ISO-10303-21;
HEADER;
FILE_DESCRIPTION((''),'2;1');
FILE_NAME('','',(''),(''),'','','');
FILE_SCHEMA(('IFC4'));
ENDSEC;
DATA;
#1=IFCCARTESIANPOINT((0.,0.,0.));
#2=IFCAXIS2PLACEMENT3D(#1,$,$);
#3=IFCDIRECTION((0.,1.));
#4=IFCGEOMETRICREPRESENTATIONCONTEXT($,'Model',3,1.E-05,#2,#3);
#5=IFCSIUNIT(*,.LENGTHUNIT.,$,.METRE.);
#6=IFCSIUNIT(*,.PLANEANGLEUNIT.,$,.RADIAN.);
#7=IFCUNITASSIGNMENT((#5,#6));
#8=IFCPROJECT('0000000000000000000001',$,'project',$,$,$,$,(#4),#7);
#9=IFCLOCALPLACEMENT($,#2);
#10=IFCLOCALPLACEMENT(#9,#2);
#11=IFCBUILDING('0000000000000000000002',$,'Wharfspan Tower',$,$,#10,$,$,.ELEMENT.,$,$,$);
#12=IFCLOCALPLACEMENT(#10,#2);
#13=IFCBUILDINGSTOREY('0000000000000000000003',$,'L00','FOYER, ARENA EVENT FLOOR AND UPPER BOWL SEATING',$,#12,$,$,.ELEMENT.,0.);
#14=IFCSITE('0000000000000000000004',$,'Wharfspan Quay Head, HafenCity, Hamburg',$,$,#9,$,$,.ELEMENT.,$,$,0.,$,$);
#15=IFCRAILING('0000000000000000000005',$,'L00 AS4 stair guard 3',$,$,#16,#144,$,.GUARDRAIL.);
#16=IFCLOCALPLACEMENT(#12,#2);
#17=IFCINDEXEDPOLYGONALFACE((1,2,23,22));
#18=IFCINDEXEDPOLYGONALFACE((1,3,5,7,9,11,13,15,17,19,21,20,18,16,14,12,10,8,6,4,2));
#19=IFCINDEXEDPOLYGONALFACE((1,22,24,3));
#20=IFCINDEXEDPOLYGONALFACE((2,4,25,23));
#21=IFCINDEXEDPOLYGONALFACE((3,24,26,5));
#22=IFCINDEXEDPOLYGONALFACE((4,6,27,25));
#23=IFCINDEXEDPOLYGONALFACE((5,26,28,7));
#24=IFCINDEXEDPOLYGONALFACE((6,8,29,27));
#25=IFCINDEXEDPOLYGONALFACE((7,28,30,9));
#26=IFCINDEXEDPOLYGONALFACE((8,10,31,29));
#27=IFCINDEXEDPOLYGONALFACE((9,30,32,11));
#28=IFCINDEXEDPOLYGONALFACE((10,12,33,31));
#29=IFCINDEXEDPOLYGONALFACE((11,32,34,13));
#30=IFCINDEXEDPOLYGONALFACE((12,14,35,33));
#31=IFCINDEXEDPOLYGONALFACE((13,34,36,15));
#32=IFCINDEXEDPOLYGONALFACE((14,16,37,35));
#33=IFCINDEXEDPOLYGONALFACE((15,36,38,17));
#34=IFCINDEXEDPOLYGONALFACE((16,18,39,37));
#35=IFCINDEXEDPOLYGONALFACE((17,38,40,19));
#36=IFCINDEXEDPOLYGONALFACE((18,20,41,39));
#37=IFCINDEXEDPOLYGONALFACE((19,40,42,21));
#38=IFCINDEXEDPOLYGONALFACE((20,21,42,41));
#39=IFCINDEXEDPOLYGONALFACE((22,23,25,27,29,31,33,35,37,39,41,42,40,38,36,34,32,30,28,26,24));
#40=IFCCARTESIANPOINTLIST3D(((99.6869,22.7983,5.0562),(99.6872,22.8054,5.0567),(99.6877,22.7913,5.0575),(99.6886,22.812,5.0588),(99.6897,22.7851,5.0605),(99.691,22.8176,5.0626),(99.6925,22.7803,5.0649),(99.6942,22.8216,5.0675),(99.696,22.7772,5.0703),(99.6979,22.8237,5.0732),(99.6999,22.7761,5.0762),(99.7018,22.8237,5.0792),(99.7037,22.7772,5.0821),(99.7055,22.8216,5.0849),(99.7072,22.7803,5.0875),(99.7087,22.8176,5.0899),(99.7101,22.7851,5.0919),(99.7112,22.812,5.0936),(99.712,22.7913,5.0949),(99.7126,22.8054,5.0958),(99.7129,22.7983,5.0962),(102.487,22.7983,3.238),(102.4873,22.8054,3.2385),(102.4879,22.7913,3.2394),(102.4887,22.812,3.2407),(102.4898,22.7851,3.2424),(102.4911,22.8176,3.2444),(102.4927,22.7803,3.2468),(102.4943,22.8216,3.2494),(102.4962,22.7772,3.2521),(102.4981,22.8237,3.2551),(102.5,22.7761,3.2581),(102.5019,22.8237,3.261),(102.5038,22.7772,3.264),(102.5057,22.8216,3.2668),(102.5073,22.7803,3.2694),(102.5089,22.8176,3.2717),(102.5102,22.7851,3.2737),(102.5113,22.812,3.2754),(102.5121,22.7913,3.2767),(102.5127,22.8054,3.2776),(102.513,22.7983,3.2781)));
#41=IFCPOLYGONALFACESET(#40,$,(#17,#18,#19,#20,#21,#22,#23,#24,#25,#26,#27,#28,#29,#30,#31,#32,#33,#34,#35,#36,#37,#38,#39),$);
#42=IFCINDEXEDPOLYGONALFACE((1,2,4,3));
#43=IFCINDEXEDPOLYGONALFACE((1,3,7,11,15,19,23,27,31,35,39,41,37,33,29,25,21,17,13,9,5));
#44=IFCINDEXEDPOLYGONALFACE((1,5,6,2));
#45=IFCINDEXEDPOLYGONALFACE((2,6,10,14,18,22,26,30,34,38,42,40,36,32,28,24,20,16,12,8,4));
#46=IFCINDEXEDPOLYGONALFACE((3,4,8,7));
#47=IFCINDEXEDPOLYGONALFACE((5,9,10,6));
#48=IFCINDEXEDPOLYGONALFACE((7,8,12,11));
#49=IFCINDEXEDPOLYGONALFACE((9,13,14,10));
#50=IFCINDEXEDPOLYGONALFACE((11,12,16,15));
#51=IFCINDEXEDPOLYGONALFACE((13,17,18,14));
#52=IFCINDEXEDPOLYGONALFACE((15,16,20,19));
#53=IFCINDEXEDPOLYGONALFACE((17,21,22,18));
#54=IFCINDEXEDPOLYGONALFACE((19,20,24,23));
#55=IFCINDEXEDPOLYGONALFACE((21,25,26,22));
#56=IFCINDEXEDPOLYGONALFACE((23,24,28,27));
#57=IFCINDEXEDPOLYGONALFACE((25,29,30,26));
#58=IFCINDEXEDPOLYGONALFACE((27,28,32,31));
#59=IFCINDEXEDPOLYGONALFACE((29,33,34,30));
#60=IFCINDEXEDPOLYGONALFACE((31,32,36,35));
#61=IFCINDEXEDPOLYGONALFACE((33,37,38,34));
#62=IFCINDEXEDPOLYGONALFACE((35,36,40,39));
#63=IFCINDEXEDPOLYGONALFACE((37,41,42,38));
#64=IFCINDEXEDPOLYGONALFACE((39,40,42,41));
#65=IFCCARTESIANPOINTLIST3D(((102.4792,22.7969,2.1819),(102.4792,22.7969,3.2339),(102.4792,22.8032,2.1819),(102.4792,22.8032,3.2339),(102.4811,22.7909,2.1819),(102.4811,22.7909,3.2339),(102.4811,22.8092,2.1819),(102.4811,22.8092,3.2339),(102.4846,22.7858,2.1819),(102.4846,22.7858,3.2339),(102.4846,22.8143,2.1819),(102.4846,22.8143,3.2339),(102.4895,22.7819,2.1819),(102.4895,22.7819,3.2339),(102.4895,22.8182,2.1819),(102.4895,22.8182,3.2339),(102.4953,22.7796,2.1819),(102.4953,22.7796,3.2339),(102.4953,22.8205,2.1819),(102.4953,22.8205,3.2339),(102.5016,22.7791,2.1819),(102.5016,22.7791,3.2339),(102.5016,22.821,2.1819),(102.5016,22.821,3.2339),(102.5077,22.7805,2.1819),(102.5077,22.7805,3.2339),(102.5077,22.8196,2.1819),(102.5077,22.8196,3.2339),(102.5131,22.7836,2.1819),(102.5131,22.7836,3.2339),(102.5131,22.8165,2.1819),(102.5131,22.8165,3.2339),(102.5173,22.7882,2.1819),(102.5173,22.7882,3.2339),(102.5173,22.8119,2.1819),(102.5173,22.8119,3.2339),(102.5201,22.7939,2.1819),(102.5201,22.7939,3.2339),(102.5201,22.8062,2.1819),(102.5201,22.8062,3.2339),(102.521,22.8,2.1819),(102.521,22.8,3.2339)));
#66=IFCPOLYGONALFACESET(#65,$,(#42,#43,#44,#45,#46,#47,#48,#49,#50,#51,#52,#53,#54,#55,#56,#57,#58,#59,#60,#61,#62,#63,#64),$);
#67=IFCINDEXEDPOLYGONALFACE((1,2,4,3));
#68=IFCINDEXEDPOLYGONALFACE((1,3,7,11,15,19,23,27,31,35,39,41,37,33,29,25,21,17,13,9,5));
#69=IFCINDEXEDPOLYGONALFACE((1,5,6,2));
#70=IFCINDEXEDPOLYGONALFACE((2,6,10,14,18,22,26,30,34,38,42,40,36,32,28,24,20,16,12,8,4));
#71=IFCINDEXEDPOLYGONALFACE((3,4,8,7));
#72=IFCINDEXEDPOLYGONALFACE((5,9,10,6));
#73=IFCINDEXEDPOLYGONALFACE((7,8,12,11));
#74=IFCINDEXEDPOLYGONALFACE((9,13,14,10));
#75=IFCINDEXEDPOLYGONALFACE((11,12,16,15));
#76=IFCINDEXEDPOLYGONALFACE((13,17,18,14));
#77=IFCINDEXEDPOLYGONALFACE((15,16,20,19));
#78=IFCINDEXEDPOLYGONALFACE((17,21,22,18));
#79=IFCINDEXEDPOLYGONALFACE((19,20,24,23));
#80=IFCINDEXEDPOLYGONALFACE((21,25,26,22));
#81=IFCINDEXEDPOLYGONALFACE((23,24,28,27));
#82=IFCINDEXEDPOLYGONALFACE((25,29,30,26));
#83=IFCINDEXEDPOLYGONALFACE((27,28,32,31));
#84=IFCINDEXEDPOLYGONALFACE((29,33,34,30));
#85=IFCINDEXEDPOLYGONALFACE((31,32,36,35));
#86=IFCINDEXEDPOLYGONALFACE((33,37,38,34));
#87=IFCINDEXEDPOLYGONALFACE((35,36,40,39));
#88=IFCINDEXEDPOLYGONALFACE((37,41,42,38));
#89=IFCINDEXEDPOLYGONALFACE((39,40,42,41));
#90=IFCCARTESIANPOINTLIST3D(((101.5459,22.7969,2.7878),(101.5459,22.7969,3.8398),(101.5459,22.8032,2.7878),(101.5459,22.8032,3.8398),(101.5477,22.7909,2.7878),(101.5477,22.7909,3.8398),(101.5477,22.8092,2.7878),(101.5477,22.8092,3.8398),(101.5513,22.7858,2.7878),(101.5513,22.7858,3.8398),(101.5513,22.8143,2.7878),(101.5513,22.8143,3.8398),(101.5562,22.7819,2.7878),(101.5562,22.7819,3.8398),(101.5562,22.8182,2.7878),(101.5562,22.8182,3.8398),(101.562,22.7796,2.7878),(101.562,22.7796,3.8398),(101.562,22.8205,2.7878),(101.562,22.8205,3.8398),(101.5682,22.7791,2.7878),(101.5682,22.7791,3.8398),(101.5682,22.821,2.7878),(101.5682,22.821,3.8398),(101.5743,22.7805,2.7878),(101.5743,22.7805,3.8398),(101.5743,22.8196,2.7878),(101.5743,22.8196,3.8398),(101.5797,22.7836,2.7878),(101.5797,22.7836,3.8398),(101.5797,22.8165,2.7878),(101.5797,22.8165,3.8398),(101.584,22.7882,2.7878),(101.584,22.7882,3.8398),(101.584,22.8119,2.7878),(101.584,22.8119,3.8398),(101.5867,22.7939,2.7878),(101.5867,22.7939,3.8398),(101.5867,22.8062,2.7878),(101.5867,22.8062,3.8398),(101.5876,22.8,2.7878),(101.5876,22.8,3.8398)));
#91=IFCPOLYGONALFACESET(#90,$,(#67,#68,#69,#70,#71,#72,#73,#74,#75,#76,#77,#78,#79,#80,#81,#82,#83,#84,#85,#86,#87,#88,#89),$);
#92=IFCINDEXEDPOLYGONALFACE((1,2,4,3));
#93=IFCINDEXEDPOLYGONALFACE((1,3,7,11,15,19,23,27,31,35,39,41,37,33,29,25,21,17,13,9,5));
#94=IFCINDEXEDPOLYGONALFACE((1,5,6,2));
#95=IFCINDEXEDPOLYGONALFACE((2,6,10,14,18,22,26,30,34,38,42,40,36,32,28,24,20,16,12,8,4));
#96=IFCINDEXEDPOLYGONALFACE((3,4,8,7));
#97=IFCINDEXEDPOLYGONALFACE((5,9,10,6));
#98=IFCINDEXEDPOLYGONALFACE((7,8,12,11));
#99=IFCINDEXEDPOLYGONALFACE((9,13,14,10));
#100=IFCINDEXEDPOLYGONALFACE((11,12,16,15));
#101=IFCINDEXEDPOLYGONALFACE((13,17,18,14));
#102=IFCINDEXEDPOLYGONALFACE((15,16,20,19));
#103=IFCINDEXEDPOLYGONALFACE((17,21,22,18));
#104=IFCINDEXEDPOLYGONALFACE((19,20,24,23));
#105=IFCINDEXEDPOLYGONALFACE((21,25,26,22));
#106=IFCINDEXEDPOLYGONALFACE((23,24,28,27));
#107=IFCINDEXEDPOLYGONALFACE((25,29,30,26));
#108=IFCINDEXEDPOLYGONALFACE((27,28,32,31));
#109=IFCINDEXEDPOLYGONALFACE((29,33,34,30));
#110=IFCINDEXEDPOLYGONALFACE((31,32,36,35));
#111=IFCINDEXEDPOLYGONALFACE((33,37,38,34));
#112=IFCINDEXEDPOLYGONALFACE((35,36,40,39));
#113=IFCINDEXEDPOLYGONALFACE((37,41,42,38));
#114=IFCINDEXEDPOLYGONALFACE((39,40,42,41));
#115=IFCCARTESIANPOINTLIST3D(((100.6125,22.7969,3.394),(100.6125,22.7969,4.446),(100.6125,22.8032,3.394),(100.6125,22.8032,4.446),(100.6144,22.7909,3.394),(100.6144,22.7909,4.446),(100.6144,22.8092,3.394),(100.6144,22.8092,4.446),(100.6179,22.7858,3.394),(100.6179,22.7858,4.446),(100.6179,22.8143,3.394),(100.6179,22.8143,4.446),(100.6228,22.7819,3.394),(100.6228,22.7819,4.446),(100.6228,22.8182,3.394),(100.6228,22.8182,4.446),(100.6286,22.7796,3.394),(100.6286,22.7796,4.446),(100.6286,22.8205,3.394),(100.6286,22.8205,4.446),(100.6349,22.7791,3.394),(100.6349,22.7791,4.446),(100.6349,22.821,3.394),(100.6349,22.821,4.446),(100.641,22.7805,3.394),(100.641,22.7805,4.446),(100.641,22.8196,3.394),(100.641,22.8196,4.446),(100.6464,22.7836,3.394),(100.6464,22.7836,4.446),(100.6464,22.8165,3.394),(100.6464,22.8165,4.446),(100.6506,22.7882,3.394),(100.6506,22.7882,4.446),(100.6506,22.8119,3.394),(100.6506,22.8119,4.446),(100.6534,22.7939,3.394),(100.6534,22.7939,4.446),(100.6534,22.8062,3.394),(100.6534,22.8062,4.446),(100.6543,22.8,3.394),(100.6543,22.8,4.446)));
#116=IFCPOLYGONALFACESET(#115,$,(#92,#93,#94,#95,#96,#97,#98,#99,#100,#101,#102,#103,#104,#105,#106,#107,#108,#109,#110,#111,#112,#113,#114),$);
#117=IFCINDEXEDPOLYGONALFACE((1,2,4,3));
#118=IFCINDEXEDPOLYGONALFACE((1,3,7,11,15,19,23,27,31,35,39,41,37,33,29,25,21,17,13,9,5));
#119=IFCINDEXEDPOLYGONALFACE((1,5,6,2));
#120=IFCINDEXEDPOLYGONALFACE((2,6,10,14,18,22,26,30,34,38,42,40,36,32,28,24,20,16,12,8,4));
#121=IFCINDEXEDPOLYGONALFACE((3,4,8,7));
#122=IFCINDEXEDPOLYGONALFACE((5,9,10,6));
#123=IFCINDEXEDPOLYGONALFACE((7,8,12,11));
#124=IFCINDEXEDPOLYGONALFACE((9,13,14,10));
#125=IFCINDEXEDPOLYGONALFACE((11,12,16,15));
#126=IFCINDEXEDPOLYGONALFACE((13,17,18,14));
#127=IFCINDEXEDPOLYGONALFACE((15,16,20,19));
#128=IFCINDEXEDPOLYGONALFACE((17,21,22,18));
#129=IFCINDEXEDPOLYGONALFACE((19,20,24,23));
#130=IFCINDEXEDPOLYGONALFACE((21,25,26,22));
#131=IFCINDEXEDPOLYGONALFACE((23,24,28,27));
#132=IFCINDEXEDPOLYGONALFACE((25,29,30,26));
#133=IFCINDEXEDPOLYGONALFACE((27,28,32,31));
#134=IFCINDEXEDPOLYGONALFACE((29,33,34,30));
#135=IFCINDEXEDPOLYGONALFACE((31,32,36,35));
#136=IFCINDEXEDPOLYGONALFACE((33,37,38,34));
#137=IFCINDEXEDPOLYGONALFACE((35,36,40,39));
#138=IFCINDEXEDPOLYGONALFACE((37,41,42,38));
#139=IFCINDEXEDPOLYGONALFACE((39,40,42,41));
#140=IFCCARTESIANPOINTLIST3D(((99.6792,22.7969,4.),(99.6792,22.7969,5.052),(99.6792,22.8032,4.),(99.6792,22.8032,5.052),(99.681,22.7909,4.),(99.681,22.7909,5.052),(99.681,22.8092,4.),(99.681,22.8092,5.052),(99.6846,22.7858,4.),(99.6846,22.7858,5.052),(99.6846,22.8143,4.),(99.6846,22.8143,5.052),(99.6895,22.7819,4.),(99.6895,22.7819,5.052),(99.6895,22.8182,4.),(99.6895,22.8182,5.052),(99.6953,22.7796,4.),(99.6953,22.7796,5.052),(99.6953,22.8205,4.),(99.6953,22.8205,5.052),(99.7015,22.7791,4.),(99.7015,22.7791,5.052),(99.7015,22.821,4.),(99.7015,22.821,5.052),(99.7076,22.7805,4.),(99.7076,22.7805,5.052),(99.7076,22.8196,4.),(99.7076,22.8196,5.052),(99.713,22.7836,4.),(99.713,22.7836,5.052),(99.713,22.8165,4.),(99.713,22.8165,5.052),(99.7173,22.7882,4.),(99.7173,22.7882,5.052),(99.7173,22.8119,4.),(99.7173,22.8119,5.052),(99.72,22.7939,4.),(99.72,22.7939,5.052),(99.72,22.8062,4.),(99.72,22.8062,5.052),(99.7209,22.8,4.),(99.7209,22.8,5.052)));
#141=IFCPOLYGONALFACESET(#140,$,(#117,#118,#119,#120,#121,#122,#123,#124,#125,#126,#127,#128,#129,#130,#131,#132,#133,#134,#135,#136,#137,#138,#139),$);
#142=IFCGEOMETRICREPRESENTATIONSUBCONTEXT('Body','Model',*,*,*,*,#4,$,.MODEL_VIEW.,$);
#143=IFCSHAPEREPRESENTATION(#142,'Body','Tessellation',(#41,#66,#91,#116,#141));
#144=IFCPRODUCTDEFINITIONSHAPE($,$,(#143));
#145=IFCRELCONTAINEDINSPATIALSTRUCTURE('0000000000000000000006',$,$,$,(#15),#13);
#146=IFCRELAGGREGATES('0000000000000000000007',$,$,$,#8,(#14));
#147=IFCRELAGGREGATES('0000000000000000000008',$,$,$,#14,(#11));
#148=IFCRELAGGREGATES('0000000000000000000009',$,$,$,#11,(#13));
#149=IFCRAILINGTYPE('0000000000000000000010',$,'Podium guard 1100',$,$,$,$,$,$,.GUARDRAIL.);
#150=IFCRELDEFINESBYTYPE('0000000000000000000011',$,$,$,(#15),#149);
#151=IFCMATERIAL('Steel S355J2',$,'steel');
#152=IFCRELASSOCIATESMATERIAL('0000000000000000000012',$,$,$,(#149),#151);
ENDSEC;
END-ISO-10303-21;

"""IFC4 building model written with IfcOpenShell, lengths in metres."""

from ifc_helpers import new_model, si_unit, direction, frame, origin, origin_2d, place, context, subcontext, project, spatial, circle, extrude, material, type_object, element, save


model = new_model("IFC4")

# Units and contexts
model_context = context("Model", 3, precision=1e-05, world=origin(), true_north=direction((0.0, 1.0)))
body_context = subcontext(model_context, "Body", "Model", "MODEL_VIEW")
ifc_project = project(units=[si_unit("LENGTHUNIT", "METRE"), si_unit("PLANEANGLEUNIT", "RADIAN")], contexts=[model_context])

# Site, building, storey
site_placement = place(None, origin())
site = spatial("IfcSite", under=ifc_project, at=site_placement, Name="Wharfspan Quay Head, HafenCity, Hamburg", CompositionType="ELEMENT", RefElevation=0.0)
building_placement = place(site_placement, origin())
building = spatial("IfcBuilding", under=site, at=building_placement, Name="Wharfspan Tower", CompositionType="ELEMENT")
storey_placement = place(building_placement, origin())
storey = spatial("IfcBuildingStorey", under=building, at=storey_placement, Name="L00", Description="FOYER, ARENA EVENT FLOOR AND UPPER BOWL SEATING", CompositionType="ELEMENT", Elevation=0.0)

# Shared definitions
ifc_material_1 = material(Name="Steel S355J2", Category="steel")

# Railing
railing_type_1 = type_object("IfcRailingType", Name="Podium guard 1100", PredefinedType="GUARDRAIL", material=ifc_material_1)
railing_1_placement = place(storey_placement, frame((102.5, 22.8, 2.1819)))
element("IfcRailing", 1, at=railing_1_placement, inside=storey, type_object=railing_type_1, Name="L00 AS4 stair guard 3", PredefinedType="GUARDRAIL", context=body_context, shape_type="SweptSolid", body=[
    extrude(circle(Radius=0.0239, at=origin_2d()), frame((0.0, 0.0, 1.0762), z_axis=(-0.838706, 0.0, 0.544585), x_axis=(0.0, -1.0, 0.0)), (0.0, 0.0, 1.0), 3.3386),
    extrude(circle(Radius=0.021, at=origin_2d()), origin(), (0.0, 0.0, 1.0), 1.052),
    extrude(circle(Radius=0.021, at=origin_2d()), frame((-0.9334, 0.0, 0.606)), (0.0, 0.0, 1.0), 1.052),
    extrude(circle(Radius=0.021, at=origin_2d()), frame((-1.8667, 0.0, 1.2122)), (0.0, 0.0, 1.0), 1.052),
    extrude(circle(Radius=0.021, at=origin_2d()), frame((-2.8, 0.0, 1.8181)), (0.0, 0.0, 1.0), 1.052),
])

save(model, "model.ifc")
